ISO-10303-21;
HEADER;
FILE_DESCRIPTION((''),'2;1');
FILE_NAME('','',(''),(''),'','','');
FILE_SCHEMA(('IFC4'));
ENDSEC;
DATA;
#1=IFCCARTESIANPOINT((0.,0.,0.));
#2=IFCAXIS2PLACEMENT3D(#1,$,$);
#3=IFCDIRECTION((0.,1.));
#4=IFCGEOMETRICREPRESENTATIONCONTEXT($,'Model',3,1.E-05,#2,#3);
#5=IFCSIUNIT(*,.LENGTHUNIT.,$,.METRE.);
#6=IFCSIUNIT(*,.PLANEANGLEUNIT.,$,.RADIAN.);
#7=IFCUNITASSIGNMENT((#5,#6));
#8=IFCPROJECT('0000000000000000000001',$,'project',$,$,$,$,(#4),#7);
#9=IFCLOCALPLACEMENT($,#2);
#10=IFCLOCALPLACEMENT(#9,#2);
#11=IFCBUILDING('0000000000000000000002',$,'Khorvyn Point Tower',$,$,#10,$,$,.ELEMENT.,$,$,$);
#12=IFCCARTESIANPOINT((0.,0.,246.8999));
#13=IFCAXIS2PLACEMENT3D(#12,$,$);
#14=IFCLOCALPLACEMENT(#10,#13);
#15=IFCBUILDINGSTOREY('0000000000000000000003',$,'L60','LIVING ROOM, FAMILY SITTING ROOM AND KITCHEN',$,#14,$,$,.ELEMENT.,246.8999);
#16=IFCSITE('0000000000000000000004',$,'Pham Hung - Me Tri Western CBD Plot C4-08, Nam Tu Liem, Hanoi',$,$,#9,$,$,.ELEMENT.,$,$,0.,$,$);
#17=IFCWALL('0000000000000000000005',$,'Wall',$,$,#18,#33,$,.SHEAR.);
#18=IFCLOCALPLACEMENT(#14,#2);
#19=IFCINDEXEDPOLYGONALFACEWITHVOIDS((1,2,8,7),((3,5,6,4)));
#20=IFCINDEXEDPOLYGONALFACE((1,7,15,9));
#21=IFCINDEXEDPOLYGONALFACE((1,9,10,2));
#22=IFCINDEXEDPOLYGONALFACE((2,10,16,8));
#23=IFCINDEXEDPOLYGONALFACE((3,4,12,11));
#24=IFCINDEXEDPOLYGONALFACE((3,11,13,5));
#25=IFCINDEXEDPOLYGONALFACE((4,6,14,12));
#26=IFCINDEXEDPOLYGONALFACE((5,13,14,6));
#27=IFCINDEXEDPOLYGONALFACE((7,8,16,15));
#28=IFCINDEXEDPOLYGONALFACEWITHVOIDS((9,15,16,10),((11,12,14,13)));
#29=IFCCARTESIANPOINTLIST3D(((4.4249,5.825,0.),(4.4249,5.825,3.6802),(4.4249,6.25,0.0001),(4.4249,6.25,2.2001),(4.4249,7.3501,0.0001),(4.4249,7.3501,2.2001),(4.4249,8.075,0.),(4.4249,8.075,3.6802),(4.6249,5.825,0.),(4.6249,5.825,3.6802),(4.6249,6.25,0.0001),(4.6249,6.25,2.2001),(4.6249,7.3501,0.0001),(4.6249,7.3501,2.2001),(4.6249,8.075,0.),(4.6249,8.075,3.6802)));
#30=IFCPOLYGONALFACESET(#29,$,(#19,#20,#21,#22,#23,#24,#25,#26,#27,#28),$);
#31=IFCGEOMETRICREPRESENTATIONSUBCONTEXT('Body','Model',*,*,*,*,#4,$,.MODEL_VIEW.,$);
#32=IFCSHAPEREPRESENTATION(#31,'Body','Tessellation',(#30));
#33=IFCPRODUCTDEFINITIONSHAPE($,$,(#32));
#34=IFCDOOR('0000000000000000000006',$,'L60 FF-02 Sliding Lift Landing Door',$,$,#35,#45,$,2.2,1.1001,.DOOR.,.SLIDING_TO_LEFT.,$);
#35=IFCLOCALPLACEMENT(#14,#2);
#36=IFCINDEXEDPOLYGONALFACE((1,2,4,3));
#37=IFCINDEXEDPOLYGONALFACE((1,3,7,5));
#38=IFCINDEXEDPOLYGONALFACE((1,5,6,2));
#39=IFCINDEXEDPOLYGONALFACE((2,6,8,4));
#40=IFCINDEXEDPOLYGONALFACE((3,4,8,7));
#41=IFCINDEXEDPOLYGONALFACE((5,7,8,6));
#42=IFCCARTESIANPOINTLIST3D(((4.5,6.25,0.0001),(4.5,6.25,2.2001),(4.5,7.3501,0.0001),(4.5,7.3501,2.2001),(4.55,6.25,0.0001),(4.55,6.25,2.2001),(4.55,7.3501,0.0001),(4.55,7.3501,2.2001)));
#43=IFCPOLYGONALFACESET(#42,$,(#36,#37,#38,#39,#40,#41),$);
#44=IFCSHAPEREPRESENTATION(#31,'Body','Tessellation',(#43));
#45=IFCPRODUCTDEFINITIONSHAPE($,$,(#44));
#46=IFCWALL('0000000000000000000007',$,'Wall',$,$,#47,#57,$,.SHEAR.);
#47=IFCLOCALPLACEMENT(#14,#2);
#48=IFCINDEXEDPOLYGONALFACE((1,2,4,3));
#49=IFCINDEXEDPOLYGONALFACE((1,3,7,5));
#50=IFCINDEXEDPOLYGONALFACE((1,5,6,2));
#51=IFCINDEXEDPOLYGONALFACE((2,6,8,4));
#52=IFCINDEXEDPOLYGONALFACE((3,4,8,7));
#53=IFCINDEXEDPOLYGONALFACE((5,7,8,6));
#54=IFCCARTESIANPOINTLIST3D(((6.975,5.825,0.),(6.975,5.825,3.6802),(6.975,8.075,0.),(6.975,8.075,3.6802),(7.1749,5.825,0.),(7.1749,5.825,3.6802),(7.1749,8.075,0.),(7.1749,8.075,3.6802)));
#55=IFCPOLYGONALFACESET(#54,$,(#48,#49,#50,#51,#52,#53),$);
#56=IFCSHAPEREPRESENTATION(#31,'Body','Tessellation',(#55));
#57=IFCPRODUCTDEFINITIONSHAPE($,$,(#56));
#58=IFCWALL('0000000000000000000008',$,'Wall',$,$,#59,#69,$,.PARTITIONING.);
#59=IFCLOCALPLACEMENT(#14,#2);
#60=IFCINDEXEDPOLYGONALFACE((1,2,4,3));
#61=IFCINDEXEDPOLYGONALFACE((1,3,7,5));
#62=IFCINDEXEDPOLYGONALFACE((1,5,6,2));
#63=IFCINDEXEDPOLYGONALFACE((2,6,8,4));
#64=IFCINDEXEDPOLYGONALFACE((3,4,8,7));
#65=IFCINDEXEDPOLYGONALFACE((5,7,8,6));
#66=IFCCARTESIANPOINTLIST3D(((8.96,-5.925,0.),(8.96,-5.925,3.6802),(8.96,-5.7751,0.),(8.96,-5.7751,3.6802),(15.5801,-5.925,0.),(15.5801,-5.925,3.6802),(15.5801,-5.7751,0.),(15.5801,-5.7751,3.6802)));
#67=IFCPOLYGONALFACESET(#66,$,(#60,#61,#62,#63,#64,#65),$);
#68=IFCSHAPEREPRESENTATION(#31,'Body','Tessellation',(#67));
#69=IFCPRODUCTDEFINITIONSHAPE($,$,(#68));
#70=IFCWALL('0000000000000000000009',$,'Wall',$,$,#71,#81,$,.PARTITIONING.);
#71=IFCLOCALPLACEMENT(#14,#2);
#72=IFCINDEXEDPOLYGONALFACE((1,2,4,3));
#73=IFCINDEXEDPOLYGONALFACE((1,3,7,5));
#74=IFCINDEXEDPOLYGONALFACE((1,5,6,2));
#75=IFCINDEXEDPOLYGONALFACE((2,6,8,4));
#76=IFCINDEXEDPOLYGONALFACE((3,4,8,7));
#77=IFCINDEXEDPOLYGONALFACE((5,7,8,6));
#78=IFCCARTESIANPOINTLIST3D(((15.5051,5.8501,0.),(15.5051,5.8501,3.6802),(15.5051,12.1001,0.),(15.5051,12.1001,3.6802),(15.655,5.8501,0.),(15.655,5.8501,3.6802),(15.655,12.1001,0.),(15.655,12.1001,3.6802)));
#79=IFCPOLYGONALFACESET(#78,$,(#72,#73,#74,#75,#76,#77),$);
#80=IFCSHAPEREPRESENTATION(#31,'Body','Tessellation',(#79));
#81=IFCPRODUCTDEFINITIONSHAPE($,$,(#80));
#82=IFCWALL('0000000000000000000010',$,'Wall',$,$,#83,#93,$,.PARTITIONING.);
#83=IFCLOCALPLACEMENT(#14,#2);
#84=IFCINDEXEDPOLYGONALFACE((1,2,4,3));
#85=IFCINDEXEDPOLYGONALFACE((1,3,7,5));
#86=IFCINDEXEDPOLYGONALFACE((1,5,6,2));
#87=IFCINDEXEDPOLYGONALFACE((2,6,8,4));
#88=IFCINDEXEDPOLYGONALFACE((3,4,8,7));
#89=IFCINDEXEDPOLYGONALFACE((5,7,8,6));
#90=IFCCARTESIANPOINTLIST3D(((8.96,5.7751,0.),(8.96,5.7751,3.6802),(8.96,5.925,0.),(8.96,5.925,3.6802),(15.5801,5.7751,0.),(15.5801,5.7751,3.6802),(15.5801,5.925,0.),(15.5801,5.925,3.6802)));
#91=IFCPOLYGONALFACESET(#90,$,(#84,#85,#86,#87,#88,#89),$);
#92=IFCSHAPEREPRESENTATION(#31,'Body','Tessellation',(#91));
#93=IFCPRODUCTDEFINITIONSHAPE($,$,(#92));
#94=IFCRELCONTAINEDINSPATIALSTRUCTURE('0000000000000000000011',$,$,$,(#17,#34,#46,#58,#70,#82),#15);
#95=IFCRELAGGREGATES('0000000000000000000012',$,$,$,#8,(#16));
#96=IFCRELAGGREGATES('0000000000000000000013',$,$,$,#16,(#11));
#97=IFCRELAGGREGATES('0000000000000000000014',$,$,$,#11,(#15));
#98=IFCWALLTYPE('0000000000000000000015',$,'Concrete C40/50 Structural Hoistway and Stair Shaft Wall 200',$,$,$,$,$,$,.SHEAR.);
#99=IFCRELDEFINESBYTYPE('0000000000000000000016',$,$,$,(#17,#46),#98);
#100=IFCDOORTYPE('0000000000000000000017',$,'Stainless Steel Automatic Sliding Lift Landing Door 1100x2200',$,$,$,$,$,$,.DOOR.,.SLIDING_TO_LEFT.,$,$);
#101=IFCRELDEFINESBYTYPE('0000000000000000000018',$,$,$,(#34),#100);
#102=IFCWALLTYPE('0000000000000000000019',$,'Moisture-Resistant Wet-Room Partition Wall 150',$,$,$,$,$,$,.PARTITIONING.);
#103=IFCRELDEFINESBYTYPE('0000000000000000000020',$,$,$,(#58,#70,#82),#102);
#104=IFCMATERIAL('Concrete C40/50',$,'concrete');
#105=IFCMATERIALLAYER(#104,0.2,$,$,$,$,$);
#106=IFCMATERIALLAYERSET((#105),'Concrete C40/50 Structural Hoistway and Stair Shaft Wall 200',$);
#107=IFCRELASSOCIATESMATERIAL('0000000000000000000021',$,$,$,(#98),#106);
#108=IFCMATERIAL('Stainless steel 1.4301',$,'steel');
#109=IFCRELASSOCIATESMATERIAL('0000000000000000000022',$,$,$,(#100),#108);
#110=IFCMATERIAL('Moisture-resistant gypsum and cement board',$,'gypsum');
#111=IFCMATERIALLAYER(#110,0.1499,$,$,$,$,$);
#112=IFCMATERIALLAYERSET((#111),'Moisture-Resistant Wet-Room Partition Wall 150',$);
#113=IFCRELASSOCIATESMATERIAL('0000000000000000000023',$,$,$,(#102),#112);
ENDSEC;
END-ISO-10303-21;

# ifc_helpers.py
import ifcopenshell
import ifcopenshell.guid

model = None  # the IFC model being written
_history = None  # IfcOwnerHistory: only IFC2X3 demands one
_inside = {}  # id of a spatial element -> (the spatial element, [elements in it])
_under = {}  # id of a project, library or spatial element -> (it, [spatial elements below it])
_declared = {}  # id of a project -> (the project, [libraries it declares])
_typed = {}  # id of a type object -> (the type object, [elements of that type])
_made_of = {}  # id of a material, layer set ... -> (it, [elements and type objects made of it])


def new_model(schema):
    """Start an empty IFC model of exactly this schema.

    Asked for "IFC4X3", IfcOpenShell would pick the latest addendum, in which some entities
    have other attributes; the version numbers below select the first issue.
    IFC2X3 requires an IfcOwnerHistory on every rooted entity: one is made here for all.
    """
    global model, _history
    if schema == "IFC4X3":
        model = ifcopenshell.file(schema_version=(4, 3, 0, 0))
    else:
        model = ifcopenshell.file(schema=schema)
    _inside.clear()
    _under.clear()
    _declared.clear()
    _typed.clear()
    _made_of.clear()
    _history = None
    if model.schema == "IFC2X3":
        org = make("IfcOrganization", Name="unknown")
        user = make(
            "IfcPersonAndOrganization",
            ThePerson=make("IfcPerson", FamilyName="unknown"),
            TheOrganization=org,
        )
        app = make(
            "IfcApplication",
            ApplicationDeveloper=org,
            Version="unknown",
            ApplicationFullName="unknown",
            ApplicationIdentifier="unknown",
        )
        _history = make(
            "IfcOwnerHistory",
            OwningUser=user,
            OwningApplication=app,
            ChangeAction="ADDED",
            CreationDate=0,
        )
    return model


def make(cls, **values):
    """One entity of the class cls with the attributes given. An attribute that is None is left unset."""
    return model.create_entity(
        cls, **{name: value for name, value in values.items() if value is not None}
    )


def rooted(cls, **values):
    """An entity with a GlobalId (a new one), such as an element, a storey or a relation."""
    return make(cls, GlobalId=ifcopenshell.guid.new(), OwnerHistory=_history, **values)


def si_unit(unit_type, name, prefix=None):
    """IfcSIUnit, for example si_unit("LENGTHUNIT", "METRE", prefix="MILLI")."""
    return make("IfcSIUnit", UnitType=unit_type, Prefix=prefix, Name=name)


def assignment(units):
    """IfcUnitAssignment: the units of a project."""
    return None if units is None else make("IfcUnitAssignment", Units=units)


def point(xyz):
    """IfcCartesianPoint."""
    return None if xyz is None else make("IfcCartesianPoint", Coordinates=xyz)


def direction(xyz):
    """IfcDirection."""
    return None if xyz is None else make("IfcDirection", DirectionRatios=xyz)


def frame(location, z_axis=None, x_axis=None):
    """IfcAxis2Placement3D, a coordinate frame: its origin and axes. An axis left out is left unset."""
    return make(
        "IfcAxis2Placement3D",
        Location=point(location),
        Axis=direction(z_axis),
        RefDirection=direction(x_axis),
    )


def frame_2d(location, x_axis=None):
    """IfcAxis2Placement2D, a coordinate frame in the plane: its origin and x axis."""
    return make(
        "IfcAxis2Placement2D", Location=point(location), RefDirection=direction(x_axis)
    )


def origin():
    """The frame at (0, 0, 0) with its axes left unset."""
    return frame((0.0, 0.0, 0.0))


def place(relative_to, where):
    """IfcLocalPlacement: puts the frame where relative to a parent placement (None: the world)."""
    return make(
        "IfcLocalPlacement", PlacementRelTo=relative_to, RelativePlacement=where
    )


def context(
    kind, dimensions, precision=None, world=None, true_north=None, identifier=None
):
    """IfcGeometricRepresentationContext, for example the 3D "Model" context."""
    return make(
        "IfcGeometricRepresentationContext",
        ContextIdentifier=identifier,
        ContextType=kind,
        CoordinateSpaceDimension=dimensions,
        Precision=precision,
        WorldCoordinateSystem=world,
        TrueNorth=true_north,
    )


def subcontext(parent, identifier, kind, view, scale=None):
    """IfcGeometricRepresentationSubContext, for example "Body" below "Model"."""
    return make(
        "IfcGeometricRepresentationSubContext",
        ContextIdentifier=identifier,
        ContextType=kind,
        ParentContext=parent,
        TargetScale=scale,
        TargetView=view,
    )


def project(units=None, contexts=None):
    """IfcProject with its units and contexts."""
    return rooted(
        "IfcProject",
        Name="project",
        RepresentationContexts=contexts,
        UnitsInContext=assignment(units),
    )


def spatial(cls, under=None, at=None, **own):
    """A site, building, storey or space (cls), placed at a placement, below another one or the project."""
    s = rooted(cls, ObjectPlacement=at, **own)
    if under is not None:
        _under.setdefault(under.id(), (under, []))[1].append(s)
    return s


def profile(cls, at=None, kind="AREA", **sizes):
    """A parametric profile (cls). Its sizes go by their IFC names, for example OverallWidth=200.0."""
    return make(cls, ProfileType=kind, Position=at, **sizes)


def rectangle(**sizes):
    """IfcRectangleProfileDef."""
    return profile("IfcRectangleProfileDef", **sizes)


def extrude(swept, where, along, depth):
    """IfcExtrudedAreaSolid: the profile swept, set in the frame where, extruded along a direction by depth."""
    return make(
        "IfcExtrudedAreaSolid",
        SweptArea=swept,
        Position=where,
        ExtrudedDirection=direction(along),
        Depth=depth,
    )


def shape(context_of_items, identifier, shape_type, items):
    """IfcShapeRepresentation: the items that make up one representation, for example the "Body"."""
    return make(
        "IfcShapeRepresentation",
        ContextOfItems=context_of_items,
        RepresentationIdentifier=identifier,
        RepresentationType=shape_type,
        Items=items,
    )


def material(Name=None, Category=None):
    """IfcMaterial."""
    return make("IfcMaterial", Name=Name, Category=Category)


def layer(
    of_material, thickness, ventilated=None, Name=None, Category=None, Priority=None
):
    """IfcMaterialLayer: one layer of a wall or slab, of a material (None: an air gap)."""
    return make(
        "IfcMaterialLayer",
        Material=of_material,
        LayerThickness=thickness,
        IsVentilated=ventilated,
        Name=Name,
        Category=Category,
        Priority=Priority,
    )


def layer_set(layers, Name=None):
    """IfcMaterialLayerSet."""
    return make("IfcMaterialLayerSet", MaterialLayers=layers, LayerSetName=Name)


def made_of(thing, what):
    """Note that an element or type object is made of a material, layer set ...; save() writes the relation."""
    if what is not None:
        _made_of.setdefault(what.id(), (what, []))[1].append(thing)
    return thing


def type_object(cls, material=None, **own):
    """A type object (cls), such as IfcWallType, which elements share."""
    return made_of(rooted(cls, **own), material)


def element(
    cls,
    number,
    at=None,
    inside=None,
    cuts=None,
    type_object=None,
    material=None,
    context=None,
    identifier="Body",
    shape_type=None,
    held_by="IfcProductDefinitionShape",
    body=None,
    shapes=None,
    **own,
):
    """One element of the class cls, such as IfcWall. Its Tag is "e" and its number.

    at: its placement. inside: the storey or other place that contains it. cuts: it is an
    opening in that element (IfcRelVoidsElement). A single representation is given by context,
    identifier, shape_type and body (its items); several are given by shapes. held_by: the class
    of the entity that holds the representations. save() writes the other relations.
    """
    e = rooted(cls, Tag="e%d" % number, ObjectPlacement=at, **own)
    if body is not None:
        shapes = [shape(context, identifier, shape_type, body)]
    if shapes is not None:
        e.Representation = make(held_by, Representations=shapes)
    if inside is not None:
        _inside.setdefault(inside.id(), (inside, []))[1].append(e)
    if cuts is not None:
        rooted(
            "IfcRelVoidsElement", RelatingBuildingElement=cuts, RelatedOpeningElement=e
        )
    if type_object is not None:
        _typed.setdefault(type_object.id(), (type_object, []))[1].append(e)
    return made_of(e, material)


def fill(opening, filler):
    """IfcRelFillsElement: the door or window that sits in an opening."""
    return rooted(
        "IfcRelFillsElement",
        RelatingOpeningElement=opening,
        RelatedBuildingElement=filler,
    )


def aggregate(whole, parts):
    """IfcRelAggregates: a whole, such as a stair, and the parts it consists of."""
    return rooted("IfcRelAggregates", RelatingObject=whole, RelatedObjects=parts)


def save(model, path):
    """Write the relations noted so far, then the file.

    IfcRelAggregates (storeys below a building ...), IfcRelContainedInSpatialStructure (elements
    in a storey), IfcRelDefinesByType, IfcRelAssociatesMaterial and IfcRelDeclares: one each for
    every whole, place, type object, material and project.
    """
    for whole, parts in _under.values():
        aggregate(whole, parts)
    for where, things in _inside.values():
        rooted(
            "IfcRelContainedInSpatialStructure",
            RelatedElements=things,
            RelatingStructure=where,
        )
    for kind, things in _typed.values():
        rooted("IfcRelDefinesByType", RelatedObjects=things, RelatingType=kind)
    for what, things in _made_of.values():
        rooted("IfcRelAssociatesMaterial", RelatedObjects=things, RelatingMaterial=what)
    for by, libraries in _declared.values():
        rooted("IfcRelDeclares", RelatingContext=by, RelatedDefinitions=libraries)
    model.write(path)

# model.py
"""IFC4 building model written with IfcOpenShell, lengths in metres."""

from ifc_helpers import new_model, si_unit, direction, frame, frame_2d, origin, place, context, subcontext, project, spatial, rectangle, extrude, material, layer, layer_set, type_object, element, fill, save


model = new_model("IFC4")

# Units and contexts
model_context = context("Model", 3, precision=1e-05, world=origin(), true_north=direction((0.0, 1.0)))
body_context = subcontext(model_context, "Body", "Model", "MODEL_VIEW")
ifc_project = project(units=[si_unit("LENGTHUNIT", "METRE"), si_unit("PLANEANGLEUNIT", "RADIAN")], contexts=[model_context])

# Site, building, storey
site_placement = place(None, origin())
site = spatial("IfcSite", under=ifc_project, at=site_placement, Name="Pham Hung - Me Tri Western CBD Plot C4-08, Nam Tu Liem, Hanoi", CompositionType="ELEMENT", RefElevation=0.0)
building_placement = place(site_placement, origin())
building = spatial("IfcBuilding", under=site, at=building_placement, Name="Khorvyn Point Tower", CompositionType="ELEMENT")
storey_placement = place(building_placement, frame((0.0, 0.0, 246.8999)))
storey = spatial("IfcBuildingStorey", under=building, at=storey_placement, Name="L60", Description="LIVING ROOM, FAMILY SITTING ROOM AND KITCHEN", CompositionType="ELEMENT", Elevation=246.8999)

# Shared definitions
ifc_material_1 = material(Name="Concrete C40/50", Category="concrete")

# Wall, opening, door
ifc_layer_1 = layer(ifc_material_1, 0.2)
ifc_layer_set_1 = layer_set([ifc_layer_1], Name="Concrete C40/50 Structural Hoistway and Stair Shaft Wall 200")
wall_type_1 = type_object("IfcWallType", Name="Concrete C40/50 Structural Hoistway and Stair Shaft Wall 200", PredefinedType="SHEAR", material=ifc_layer_set_1)
wall_1_placement = place(storey_placement, frame((4.5249, 5.825, 0.0), z_axis=(0.0, 0.0, 1.0), x_axis=(0.0, 1.0, 0.0)))
wall_1 = element("IfcWall", 1, at=wall_1_placement, inside=storey, type_object=wall_type_1, Name="Wall", PredefinedType="SHEAR", context=body_context, shape_type="SweptSolid", body=[
    extrude(rectangle(XDim=2.25, YDim=0.2, at=frame_2d((1.125, 0.0))), origin(), (0.0, 0.0, 1.0), 3.6802),
])
opening_1_placement = place(wall_1_placement, frame((0.425, 0.0, 0.0)))
opening_1 = element("IfcOpeningElement", 2, at=opening_1_placement, cuts=wall_1, PredefinedType="OPENING", context=body_context, shape_type="SweptSolid", body=[
    extrude(rectangle(XDim=1.1001, YDim=2.2, at=frame_2d((0.55, 1.1001))), frame((0.0, 0.1099, 0.0), z_axis=(0.0, -1.0, 0.0), x_axis=(1.0, 0.0, 0.0)), (0.0, 0.0, 1.0), 0.22),
])
ifc_material_2 = material(Name="Stainless steel 1.4301", Category="steel")
door_type_1 = type_object("IfcDoorType", Name="Stainless Steel Automatic Sliding Lift Landing Door 1100x2200", OperationType="SLIDING_TO_LEFT", PredefinedType="DOOR", material=ifc_material_2)
door_1_placement = place(opening_1_placement, origin())
door_1 = element("IfcDoor", 3, at=door_1_placement, inside=storey, type_object=door_type_1, Name="L60 FF-02 Sliding Lift Landing Door", OperationType="SLIDING_TO_LEFT", OverallHeight=2.2, OverallWidth=1.1001, PredefinedType="DOOR", context=body_context, shape_type="SweptSolid", body=[
    extrude(rectangle(XDim=1.1001, YDim=2.2, at=frame_2d((0.55, 1.1001))), frame((0.0, 0.0249, 0.0), z_axis=(0.0, -1.0, 0.0), x_axis=(1.0, 0.0, 0.0)), (0.0, 0.0, 1.0), 0.05),
])
fill(opening_1, door_1)

# Walls
wall_2_placement = place(storey_placement, frame((7.075, 5.825, 0.0), z_axis=(0.0, 0.0, 1.0), x_axis=(0.0, 1.0, 0.0)))
element("IfcWall", 4, at=wall_2_placement, inside=storey, type_object=wall_type_1, Name="Wall", PredefinedType="SHEAR", context=body_context, shape_type="SweptSolid", body=[
    extrude(rectangle(XDim=2.25, YDim=0.2, at=frame_2d((1.125, 0.0))), origin(), (0.0, 0.0, 1.0), 3.6802),
])
ifc_material_3 = material(Name="Moisture-resistant gypsum and cement board", Category="gypsum")
ifc_layer_2 = layer(ifc_material_3, 0.1499)
ifc_layer_set_2 = layer_set([ifc_layer_2], Name="Moisture-Resistant Wet-Room Partition Wall 150")
wall_type_2 = type_object("IfcWallType", Name="Moisture-Resistant Wet-Room Partition Wall 150", PredefinedType="PARTITIONING", material=ifc_layer_set_2)
wall_3_placement = place(storey_placement, frame((8.96, -5.8501, 0.0), z_axis=(0.0, 0.0, 1.0), x_axis=(1.0, 0.0, 0.0)))
element("IfcWall", 5, at=wall_3_placement, inside=storey, type_object=wall_type_2, Name="Wall", PredefinedType="PARTITIONING", context=body_context, shape_type="SweptSolid", body=[
    extrude(rectangle(XDim=6.6201, YDim=0.1499, at=frame_2d((3.3101, 0.0))), origin(), (0.0, 0.0, 1.0), 3.6802),
])
wall_4_placement = place(storey_placement, frame((15.5801, 5.8501, 0.0), z_axis=(0.0, 0.0, 1.0), x_axis=(0.0, 1.0, 0.0)))
element("IfcWall", 6, at=wall_4_placement, inside=storey, type_object=wall_type_2, Name="Wall", PredefinedType="PARTITIONING", context=body_context, shape_type="SweptSolid", body=[
    extrude(rectangle(XDim=6.25, YDim=0.1499, at=frame_2d((3.125, 0.0))), origin(), (0.0, 0.0, 1.0), 3.6802),
])
wall_5_placement = place(storey_placement, frame((8.96, 5.8501, 0.0), z_axis=(0.0, 0.0, 1.0), x_axis=(1.0, 0.0, 0.0)))
element("IfcWall", 7, at=wall_5_placement, inside=storey, type_object=wall_type_2, Name="Wall", PredefinedType="PARTITIONING", context=body_context, shape_type="SweptSolid", body=[
    extrude(rectangle(XDim=6.6201, YDim=0.1499, at=frame_2d((3.3101, 0.0))), origin(), (0.0, 0.0, 1.0), 3.6802),
])

save(model, "model.ifc")
